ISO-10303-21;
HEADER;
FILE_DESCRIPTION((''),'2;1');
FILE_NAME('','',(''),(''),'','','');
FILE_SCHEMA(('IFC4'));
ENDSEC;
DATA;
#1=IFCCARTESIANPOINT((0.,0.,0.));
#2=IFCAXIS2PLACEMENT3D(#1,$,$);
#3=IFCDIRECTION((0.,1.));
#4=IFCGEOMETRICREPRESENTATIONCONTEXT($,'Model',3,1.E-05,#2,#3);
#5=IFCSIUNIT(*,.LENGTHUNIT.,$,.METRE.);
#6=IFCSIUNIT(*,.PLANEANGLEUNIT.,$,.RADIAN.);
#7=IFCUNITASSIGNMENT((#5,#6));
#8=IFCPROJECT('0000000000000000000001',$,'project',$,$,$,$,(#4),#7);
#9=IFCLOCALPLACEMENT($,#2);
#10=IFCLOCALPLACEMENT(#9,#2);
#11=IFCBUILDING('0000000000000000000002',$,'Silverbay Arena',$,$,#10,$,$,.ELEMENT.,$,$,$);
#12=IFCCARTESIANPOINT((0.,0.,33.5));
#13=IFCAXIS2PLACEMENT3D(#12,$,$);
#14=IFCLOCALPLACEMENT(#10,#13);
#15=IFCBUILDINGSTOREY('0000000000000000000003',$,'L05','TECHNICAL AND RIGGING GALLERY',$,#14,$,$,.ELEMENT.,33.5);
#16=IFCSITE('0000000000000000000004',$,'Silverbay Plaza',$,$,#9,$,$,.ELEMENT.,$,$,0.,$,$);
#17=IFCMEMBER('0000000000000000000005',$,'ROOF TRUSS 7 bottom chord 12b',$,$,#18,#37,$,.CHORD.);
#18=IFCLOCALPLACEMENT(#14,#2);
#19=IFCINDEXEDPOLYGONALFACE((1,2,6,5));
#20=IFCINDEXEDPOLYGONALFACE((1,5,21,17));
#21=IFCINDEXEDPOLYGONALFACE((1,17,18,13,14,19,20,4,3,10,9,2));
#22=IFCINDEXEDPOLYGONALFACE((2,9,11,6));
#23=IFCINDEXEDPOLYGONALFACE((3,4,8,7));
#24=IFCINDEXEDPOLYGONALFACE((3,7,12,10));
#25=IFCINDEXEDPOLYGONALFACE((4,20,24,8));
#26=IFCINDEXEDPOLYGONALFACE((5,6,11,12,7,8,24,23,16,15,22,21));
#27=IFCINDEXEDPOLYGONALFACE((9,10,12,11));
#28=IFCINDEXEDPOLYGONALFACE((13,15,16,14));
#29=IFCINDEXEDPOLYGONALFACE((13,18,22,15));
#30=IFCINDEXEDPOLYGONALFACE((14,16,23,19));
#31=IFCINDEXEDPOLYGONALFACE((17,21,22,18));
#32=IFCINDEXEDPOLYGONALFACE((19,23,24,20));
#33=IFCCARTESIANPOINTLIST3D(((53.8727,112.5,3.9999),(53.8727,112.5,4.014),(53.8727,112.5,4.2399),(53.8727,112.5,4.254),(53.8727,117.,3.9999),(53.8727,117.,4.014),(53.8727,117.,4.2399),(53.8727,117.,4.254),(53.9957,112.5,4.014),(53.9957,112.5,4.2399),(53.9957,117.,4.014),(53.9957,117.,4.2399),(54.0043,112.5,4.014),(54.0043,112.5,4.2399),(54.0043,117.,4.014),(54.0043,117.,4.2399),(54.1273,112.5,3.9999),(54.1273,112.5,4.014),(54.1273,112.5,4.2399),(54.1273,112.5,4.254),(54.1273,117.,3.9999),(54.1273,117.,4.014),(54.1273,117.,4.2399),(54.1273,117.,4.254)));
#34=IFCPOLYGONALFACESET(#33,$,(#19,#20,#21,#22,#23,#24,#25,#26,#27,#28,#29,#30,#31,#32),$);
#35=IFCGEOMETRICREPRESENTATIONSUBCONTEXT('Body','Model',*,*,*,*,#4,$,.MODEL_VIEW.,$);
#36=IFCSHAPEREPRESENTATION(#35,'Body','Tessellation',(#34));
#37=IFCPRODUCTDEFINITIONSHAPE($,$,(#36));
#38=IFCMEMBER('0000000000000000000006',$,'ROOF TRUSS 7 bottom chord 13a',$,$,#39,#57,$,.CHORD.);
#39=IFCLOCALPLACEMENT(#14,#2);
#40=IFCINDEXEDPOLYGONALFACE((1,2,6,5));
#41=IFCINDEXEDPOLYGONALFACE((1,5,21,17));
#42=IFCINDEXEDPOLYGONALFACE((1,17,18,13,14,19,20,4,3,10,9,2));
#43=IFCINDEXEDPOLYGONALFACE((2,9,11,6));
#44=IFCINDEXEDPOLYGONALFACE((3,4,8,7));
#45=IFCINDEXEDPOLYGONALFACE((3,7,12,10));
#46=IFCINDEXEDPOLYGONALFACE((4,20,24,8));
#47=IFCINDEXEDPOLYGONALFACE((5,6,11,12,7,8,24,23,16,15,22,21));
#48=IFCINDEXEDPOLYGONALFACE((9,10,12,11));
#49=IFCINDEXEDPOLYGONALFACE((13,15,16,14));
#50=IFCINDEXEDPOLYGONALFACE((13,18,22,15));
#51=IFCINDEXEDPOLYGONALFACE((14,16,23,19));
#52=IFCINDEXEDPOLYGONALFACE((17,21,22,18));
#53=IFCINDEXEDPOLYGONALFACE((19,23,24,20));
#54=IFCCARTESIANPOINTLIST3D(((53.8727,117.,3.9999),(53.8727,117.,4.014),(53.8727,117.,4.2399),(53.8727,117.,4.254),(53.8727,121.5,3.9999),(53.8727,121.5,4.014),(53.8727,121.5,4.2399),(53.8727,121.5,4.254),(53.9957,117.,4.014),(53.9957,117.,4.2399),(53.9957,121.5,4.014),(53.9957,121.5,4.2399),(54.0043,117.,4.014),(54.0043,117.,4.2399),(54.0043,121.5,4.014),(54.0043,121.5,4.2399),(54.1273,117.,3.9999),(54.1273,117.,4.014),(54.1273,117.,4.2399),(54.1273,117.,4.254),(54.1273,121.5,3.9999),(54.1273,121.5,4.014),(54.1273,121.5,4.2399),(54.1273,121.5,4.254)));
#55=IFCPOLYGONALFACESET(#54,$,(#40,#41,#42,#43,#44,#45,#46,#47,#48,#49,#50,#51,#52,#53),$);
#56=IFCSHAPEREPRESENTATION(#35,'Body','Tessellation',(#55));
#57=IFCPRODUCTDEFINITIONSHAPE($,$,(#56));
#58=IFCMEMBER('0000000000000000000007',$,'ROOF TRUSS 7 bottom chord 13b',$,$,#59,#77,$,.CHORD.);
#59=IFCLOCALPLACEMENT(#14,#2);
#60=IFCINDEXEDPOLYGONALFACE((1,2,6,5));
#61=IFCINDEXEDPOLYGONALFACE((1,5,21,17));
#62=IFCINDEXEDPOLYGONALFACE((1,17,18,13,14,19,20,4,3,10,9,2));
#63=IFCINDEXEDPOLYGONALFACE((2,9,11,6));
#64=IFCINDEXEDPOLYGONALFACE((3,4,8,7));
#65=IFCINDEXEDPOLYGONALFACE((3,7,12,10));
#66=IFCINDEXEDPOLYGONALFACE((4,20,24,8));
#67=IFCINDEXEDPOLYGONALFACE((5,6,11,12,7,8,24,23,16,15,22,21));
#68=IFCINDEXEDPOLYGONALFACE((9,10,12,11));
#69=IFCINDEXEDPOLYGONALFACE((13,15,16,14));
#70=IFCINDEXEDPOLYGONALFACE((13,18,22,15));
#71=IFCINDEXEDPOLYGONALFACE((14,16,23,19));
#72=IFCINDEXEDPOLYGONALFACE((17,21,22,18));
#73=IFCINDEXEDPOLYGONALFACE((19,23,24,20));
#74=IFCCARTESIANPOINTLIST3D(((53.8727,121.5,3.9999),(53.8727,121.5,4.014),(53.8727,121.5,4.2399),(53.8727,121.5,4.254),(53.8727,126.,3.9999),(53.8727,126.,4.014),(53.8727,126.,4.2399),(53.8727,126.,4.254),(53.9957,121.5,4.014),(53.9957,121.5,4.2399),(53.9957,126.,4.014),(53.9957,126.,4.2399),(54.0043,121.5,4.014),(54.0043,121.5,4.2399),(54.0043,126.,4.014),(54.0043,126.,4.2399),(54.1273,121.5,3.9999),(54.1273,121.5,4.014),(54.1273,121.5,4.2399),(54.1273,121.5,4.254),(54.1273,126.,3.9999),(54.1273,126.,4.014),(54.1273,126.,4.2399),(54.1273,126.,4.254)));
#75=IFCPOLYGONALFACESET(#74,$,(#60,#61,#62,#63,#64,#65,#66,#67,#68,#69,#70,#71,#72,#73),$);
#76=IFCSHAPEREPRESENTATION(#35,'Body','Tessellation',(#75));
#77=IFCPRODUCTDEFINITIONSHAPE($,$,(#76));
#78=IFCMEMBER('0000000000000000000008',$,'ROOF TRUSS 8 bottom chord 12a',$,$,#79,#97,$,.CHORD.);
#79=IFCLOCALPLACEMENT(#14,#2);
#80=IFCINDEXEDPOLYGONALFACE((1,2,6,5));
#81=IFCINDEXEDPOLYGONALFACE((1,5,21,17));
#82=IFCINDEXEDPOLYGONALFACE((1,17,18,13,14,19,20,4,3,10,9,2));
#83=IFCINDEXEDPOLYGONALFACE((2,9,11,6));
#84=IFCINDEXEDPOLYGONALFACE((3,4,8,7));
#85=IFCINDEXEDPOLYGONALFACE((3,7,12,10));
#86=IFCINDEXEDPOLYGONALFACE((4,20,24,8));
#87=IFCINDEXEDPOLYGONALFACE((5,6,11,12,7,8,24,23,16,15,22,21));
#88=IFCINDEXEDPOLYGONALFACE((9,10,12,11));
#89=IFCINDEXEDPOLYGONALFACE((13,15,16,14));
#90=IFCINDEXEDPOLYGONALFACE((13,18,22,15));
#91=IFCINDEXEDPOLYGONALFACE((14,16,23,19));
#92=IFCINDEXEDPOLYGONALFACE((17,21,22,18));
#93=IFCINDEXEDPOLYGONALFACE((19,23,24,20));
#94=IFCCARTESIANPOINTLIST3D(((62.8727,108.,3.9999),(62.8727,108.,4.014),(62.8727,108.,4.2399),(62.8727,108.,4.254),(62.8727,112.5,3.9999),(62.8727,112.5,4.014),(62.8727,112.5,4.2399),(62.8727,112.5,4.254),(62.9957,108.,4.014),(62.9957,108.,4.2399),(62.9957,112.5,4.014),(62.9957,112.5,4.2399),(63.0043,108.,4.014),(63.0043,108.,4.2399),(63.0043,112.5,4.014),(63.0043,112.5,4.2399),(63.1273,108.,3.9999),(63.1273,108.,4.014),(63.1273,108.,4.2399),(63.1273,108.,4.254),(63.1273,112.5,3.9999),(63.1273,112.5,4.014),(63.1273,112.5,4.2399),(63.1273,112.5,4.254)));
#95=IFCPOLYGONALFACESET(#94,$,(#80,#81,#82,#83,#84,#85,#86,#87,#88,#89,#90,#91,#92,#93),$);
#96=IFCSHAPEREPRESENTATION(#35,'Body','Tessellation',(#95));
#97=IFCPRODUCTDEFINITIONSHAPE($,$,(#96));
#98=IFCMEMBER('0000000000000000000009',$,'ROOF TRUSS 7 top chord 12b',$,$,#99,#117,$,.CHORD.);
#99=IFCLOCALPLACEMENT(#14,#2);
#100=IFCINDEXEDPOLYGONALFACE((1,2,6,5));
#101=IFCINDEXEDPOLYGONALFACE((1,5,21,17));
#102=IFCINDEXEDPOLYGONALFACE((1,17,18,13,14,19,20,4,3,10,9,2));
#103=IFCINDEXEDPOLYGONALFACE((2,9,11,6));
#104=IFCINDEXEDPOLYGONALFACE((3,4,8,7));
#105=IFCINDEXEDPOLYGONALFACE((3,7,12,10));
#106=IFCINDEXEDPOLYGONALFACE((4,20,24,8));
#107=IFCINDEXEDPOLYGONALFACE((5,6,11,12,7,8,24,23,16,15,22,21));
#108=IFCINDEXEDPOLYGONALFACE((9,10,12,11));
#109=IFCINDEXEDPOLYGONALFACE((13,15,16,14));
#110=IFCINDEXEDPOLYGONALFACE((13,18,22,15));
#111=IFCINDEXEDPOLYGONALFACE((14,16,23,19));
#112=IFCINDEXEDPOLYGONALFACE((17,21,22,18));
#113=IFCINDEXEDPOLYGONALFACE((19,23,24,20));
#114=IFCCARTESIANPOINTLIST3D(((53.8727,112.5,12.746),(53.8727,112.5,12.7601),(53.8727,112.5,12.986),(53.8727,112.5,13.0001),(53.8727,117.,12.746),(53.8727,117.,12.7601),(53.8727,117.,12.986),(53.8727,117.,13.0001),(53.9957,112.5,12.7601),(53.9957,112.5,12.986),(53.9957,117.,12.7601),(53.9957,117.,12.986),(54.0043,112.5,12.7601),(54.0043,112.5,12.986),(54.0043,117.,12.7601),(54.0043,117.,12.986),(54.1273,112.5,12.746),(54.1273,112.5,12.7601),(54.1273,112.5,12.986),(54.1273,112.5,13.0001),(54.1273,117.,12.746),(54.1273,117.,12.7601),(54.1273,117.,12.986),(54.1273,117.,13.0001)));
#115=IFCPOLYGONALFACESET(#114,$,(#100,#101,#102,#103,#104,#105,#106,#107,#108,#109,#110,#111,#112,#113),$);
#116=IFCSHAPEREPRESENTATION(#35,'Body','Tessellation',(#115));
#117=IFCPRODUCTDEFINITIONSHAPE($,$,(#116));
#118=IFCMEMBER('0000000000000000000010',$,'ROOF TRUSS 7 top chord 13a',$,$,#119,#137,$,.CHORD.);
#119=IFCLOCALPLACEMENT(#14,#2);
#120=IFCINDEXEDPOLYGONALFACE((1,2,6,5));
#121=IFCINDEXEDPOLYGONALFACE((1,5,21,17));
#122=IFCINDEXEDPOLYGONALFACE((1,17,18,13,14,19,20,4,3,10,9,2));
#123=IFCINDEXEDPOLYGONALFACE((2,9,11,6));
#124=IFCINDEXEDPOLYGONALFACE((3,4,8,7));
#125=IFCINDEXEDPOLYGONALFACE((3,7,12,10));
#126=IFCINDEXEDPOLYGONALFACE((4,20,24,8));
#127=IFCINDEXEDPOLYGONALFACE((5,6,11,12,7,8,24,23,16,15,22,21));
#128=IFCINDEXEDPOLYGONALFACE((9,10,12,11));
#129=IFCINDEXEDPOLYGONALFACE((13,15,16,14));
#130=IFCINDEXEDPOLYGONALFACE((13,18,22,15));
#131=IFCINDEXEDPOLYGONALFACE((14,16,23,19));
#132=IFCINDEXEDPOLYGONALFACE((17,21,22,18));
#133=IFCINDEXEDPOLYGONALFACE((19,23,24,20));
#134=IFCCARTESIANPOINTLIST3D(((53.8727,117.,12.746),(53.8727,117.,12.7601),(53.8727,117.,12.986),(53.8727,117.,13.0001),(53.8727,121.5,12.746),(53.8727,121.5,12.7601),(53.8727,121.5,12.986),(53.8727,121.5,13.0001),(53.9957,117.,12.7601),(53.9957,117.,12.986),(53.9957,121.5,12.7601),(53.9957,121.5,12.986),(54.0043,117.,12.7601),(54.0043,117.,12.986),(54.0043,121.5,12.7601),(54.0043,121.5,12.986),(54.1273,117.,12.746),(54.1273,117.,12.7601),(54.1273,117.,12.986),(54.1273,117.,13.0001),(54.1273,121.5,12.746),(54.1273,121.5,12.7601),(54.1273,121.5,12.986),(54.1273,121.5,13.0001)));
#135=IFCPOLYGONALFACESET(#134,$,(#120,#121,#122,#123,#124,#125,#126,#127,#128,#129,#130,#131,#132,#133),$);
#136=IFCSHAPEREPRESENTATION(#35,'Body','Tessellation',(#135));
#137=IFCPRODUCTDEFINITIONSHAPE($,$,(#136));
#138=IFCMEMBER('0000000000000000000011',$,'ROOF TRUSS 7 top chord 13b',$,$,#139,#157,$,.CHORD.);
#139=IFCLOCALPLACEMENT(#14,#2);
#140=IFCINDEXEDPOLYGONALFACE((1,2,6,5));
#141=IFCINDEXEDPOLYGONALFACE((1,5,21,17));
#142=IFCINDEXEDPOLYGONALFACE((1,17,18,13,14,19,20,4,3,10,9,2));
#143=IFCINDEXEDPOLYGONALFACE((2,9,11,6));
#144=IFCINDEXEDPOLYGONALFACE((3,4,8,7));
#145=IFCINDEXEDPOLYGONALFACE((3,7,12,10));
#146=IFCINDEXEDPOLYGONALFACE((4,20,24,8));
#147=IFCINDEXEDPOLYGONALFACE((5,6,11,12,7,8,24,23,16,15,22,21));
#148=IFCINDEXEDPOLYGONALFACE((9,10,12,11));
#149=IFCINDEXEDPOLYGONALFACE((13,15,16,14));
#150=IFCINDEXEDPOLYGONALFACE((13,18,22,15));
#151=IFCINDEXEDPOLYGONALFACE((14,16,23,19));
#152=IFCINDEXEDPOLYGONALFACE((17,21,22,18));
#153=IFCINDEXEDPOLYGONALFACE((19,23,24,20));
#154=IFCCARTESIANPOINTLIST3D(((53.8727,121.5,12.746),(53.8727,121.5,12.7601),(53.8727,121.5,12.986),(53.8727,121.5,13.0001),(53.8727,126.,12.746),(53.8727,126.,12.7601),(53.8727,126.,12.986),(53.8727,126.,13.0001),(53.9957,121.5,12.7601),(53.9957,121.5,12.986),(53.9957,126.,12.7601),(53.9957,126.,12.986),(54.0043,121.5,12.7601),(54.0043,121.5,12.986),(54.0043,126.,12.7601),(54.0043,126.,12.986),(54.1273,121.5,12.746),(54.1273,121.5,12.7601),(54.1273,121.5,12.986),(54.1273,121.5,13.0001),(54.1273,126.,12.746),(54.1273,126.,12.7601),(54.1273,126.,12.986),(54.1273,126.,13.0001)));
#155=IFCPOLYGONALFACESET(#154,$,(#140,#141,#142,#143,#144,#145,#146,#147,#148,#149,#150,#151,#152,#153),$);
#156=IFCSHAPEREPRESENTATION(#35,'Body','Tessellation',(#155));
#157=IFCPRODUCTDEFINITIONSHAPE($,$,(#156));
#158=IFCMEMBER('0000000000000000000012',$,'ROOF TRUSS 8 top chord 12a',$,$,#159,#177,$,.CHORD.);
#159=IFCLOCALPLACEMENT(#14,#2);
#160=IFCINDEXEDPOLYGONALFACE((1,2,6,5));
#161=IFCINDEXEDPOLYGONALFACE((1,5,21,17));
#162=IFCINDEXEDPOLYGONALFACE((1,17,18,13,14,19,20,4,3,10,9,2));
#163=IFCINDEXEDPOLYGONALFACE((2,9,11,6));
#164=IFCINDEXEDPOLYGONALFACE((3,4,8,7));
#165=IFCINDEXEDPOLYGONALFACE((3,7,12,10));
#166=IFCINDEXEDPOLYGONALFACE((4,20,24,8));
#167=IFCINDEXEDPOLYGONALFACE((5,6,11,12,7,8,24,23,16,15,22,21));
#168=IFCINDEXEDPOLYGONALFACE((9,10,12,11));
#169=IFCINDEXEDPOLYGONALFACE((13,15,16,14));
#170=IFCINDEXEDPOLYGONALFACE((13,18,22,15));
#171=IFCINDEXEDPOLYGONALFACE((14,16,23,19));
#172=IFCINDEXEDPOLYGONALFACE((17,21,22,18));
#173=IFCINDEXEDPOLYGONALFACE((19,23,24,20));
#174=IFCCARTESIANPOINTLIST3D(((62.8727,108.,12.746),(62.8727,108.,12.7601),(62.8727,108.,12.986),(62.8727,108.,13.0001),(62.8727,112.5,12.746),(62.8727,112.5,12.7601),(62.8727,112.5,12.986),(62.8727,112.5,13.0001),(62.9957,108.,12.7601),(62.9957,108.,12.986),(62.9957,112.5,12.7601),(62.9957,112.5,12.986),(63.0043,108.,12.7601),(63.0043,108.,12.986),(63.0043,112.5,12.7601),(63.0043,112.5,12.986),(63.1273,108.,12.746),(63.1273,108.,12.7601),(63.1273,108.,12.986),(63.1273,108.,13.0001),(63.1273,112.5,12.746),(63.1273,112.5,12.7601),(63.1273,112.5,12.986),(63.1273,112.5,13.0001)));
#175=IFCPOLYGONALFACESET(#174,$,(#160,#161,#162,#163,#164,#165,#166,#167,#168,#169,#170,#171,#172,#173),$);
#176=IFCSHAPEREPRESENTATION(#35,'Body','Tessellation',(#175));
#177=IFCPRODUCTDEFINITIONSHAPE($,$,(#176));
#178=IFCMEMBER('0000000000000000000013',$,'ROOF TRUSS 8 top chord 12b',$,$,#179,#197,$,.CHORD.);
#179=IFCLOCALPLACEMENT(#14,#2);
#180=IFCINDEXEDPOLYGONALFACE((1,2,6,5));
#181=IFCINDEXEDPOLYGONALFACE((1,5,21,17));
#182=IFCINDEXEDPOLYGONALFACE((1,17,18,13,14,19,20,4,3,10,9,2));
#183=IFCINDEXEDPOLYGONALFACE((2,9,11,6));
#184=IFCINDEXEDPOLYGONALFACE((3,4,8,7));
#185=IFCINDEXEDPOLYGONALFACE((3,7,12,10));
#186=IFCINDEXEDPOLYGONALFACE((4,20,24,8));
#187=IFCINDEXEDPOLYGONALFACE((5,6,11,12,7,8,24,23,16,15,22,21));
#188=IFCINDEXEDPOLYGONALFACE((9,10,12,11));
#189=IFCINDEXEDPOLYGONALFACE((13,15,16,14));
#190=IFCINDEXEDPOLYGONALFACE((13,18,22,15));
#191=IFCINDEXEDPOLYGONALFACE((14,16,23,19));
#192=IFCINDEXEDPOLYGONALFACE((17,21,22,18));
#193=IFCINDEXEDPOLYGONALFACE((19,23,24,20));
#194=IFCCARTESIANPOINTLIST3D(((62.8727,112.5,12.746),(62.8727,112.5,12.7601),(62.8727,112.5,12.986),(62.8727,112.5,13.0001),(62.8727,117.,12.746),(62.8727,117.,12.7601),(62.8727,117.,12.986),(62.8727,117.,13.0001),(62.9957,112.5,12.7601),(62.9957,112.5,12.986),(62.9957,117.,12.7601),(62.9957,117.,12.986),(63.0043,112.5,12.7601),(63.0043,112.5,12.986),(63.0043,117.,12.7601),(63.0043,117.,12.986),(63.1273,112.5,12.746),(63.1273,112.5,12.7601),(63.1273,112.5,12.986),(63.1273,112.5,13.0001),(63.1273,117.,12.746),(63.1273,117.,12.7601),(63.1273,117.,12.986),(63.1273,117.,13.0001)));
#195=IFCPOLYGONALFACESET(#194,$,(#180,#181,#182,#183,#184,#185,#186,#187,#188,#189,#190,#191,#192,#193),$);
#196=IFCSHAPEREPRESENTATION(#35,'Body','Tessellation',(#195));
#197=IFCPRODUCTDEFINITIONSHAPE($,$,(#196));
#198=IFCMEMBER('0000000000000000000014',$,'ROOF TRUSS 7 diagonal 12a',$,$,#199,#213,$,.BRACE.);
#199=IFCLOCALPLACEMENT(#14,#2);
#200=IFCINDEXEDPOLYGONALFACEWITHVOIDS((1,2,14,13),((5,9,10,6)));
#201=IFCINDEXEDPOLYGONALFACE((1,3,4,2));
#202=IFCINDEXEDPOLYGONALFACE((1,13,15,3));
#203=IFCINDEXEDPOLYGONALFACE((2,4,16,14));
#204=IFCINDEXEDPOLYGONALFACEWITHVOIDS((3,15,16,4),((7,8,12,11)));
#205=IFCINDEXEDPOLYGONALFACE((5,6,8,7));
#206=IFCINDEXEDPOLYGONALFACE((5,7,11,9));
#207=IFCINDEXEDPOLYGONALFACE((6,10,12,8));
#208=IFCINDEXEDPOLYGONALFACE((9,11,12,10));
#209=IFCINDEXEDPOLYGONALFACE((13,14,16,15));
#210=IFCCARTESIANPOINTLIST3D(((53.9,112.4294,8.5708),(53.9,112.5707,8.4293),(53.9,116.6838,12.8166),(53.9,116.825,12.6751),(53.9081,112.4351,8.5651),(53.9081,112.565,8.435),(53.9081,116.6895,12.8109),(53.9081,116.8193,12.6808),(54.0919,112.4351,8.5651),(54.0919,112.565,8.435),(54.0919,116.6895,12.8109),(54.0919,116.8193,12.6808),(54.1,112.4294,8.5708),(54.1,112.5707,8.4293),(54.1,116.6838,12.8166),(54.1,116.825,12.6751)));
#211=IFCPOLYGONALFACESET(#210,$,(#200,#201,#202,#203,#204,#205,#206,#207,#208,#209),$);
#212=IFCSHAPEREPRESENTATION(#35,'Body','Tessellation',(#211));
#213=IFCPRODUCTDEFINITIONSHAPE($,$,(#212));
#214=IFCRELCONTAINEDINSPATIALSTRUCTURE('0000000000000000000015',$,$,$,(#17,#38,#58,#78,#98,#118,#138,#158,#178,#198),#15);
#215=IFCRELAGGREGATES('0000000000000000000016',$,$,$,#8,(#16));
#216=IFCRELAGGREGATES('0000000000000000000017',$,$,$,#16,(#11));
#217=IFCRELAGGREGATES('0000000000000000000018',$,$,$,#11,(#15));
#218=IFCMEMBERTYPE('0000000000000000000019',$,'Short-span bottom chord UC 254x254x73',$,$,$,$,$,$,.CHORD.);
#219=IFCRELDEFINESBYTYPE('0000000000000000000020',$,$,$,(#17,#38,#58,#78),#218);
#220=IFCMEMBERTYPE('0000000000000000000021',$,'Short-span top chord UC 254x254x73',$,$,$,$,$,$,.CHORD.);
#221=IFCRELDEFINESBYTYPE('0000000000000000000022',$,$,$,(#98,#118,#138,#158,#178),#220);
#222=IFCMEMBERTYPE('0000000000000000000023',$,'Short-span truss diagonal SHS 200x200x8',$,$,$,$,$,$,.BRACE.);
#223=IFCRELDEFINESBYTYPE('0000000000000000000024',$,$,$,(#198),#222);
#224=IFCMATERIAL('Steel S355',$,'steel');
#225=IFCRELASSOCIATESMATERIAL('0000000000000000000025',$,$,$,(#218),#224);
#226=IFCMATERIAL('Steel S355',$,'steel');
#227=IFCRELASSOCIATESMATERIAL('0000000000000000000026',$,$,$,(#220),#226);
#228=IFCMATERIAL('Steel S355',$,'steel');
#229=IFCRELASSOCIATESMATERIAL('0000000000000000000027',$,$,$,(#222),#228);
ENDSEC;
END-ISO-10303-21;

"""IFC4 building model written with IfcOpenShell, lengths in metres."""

from ifc_helpers import new_model, si_unit, direction, frame, origin, origin_2d, place, context, subcontext, project, spatial, hollow_rectangle, i_section, extrude, material, material_profile, profile_set, type_object, element, save


model = new_model("IFC4")

# Units and contexts
model_context = context("Model", 3, precision=1e-05, world=origin(), true_north=direction((0.0, 1.0)))
body_context = subcontext(model_context, "Body", "Model", "MODEL_VIEW")
ifc_project = project(units=[si_unit("LENGTHUNIT", "METRE"), si_unit("PLANEANGLEUNIT", "RADIAN")], contexts=[model_context])

# Site, building, storey
site_placement = place(None, origin())
site = spatial("IfcSite", under=ifc_project, at=site_placement, Name="Silverbay Plaza", CompositionType="ELEMENT", RefElevation=0.0)
building_placement = place(site_placement, origin())
building = spatial("IfcBuilding", under=site, at=building_placement, Name="Silverbay Arena", CompositionType="ELEMENT")
storey_placement = place(building_placement, frame((0.0, 0.0, 33.5)))
storey = spatial("IfcBuildingStorey", under=building, at=storey_placement, Name="L05", Description="TECHNICAL AND RIGGING GALLERY", CompositionType="ELEMENT", Elevation=33.5)

# Members
ifc_material_1 = material(Name="Steel S355", Category="steel")
ifc_material_profile_1 = material_profile(ifc_material_1, i_section(OverallWidth=0.2546, OverallDepth=0.2542, WebThickness=0.0085, FlangeThickness=0.0142, at=origin_2d()), Name="UC 254x254x73")
ifc_profile_set_1 = profile_set([ifc_material_profile_1], Name="Steel S355")
member_type_1 = type_object("IfcMemberType", Name="Short-span bottom chord UC 254x254x73", PredefinedType="CHORD", material=ifc_profile_set_1)
for number, where, z_axis, x_axis, name in (
    (1, (54.0, 112.5, 4.127), (0.0, 1.0, 0.0), (-1.0, 0.0, 0.0), "ROOF TRUSS 7 bottom chord 12b"),
    (2, (54.0, 117.0, 4.127), (0.0, 1.0, 0.0), (-1.0, 0.0, 0.0), "ROOF TRUSS 7 bottom chord 13a"),
    (3, (54.0, 121.5, 4.127), (0.0, 1.0, 0.0), (-1.0, 0.0, 0.0), "ROOF TRUSS 7 bottom chord 13b"),
    (4, (63.0, 108.0, 4.127), (0.0, 1.0, 0.0), (-1.0, 0.0, 0.0), "ROOF TRUSS 8 bottom chord 12a"),
):
    element("IfcMember", number, at=place(storey_placement, frame(where, z_axis=z_axis, x_axis=x_axis)), inside=storey, type_object=member_type_1, Name=name, PredefinedType="CHORD", context=body_context, shape_type="SweptSolid", body=[
        extrude(i_section(OverallWidth=0.2546, OverallDepth=0.2542, WebThickness=0.0085, FlangeThickness=0.0142, at=origin_2d()), origin(), (0.0, 0.0, 1.0), 4.5),
    ])
ifc_material_2 = material(Name="Steel S355", Category="steel")
ifc_material_profile_2 = material_profile(ifc_material_2, i_section(OverallWidth=0.2546, OverallDepth=0.2542, WebThickness=0.0085, FlangeThickness=0.0142, at=origin_2d()), Name="UC 254x254x73")
ifc_profile_set_2 = profile_set([ifc_material_profile_2], Name="Steel S355")
member_type_2 = type_object("IfcMemberType", Name="Short-span top chord UC 254x254x73", PredefinedType="CHORD", material=ifc_profile_set_2)
for number, where, z_axis, x_axis, name in (
    (5, (54.0, 112.5, 12.873), (0.0, 1.0, 0.0), (-1.0, 0.0, 0.0), "ROOF TRUSS 7 top chord 12b"),
    (6, (54.0, 117.0, 12.873), (0.0, 1.0, 0.0), (-1.0, 0.0, 0.0), "ROOF TRUSS 7 top chord 13a"),
    (7, (54.0, 121.5, 12.873), (0.0, 1.0, 0.0), (-1.0, 0.0, 0.0), "ROOF TRUSS 7 top chord 13b"),
    (8, (63.0, 108.0, 12.873), (0.0, 1.0, 0.0), (-1.0, 0.0, 0.0), "ROOF TRUSS 8 top chord 12a"),
    (9, (63.0, 112.5, 12.873), (0.0, 1.0, 0.0), (-1.0, 0.0, 0.0), "ROOF TRUSS 8 top chord 12b"),
):
    element("IfcMember", number, at=place(storey_placement, frame(where, z_axis=z_axis, x_axis=x_axis)), inside=storey, type_object=member_type_2, Name=name, PredefinedType="CHORD", context=body_context, shape_type="SweptSolid", body=[
        extrude(i_section(OverallWidth=0.2546, OverallDepth=0.2542, WebThickness=0.0085, FlangeThickness=0.0142, at=origin_2d()), origin(), (0.0, 0.0, 1.0), 4.5),
    ])
ifc_material_3 = material(Name="Steel S355", Category="steel")
ifc_material_profile_3 = material_profile(ifc_material_3, hollow_rectangle(XDim=0.2, YDim=0.2, WallThickness=0.0081, at=origin_2d()), Name="SHS 200x200x8")
ifc_profile_set_3 = profile_set([ifc_material_profile_3], Name="Steel S355")
member_type_3 = type_object("IfcMemberType", Name="Short-span truss diagonal SHS 200x200x8", PredefinedType="BRACE", material=ifc_profile_set_3)
for number, where, z_axis, x_axis, name in (
    (10, (54.0, 116.7544, 12.7458), (0.0, -0.707817, -0.706396), (1.0, 0.0, 0.0), "ROOF TRUSS 7 diagonal 12a"),
):
    element("IfcMember", number, at=place(storey_placement, frame(where, z_axis=z_axis, x_axis=x_axis)), inside=storey, type_object=member_type_3, Name=name, PredefinedType="BRACE", context=body_context, shape_type="SweptSolid", body=[
        extrude(hollow_rectangle(XDim=0.2, YDim=0.2, WallThickness=0.0081, at=origin_2d()), origin(), (0.0, 0.0, 1.0), 6.0105),
    ])

save(model, "model.ifc")
